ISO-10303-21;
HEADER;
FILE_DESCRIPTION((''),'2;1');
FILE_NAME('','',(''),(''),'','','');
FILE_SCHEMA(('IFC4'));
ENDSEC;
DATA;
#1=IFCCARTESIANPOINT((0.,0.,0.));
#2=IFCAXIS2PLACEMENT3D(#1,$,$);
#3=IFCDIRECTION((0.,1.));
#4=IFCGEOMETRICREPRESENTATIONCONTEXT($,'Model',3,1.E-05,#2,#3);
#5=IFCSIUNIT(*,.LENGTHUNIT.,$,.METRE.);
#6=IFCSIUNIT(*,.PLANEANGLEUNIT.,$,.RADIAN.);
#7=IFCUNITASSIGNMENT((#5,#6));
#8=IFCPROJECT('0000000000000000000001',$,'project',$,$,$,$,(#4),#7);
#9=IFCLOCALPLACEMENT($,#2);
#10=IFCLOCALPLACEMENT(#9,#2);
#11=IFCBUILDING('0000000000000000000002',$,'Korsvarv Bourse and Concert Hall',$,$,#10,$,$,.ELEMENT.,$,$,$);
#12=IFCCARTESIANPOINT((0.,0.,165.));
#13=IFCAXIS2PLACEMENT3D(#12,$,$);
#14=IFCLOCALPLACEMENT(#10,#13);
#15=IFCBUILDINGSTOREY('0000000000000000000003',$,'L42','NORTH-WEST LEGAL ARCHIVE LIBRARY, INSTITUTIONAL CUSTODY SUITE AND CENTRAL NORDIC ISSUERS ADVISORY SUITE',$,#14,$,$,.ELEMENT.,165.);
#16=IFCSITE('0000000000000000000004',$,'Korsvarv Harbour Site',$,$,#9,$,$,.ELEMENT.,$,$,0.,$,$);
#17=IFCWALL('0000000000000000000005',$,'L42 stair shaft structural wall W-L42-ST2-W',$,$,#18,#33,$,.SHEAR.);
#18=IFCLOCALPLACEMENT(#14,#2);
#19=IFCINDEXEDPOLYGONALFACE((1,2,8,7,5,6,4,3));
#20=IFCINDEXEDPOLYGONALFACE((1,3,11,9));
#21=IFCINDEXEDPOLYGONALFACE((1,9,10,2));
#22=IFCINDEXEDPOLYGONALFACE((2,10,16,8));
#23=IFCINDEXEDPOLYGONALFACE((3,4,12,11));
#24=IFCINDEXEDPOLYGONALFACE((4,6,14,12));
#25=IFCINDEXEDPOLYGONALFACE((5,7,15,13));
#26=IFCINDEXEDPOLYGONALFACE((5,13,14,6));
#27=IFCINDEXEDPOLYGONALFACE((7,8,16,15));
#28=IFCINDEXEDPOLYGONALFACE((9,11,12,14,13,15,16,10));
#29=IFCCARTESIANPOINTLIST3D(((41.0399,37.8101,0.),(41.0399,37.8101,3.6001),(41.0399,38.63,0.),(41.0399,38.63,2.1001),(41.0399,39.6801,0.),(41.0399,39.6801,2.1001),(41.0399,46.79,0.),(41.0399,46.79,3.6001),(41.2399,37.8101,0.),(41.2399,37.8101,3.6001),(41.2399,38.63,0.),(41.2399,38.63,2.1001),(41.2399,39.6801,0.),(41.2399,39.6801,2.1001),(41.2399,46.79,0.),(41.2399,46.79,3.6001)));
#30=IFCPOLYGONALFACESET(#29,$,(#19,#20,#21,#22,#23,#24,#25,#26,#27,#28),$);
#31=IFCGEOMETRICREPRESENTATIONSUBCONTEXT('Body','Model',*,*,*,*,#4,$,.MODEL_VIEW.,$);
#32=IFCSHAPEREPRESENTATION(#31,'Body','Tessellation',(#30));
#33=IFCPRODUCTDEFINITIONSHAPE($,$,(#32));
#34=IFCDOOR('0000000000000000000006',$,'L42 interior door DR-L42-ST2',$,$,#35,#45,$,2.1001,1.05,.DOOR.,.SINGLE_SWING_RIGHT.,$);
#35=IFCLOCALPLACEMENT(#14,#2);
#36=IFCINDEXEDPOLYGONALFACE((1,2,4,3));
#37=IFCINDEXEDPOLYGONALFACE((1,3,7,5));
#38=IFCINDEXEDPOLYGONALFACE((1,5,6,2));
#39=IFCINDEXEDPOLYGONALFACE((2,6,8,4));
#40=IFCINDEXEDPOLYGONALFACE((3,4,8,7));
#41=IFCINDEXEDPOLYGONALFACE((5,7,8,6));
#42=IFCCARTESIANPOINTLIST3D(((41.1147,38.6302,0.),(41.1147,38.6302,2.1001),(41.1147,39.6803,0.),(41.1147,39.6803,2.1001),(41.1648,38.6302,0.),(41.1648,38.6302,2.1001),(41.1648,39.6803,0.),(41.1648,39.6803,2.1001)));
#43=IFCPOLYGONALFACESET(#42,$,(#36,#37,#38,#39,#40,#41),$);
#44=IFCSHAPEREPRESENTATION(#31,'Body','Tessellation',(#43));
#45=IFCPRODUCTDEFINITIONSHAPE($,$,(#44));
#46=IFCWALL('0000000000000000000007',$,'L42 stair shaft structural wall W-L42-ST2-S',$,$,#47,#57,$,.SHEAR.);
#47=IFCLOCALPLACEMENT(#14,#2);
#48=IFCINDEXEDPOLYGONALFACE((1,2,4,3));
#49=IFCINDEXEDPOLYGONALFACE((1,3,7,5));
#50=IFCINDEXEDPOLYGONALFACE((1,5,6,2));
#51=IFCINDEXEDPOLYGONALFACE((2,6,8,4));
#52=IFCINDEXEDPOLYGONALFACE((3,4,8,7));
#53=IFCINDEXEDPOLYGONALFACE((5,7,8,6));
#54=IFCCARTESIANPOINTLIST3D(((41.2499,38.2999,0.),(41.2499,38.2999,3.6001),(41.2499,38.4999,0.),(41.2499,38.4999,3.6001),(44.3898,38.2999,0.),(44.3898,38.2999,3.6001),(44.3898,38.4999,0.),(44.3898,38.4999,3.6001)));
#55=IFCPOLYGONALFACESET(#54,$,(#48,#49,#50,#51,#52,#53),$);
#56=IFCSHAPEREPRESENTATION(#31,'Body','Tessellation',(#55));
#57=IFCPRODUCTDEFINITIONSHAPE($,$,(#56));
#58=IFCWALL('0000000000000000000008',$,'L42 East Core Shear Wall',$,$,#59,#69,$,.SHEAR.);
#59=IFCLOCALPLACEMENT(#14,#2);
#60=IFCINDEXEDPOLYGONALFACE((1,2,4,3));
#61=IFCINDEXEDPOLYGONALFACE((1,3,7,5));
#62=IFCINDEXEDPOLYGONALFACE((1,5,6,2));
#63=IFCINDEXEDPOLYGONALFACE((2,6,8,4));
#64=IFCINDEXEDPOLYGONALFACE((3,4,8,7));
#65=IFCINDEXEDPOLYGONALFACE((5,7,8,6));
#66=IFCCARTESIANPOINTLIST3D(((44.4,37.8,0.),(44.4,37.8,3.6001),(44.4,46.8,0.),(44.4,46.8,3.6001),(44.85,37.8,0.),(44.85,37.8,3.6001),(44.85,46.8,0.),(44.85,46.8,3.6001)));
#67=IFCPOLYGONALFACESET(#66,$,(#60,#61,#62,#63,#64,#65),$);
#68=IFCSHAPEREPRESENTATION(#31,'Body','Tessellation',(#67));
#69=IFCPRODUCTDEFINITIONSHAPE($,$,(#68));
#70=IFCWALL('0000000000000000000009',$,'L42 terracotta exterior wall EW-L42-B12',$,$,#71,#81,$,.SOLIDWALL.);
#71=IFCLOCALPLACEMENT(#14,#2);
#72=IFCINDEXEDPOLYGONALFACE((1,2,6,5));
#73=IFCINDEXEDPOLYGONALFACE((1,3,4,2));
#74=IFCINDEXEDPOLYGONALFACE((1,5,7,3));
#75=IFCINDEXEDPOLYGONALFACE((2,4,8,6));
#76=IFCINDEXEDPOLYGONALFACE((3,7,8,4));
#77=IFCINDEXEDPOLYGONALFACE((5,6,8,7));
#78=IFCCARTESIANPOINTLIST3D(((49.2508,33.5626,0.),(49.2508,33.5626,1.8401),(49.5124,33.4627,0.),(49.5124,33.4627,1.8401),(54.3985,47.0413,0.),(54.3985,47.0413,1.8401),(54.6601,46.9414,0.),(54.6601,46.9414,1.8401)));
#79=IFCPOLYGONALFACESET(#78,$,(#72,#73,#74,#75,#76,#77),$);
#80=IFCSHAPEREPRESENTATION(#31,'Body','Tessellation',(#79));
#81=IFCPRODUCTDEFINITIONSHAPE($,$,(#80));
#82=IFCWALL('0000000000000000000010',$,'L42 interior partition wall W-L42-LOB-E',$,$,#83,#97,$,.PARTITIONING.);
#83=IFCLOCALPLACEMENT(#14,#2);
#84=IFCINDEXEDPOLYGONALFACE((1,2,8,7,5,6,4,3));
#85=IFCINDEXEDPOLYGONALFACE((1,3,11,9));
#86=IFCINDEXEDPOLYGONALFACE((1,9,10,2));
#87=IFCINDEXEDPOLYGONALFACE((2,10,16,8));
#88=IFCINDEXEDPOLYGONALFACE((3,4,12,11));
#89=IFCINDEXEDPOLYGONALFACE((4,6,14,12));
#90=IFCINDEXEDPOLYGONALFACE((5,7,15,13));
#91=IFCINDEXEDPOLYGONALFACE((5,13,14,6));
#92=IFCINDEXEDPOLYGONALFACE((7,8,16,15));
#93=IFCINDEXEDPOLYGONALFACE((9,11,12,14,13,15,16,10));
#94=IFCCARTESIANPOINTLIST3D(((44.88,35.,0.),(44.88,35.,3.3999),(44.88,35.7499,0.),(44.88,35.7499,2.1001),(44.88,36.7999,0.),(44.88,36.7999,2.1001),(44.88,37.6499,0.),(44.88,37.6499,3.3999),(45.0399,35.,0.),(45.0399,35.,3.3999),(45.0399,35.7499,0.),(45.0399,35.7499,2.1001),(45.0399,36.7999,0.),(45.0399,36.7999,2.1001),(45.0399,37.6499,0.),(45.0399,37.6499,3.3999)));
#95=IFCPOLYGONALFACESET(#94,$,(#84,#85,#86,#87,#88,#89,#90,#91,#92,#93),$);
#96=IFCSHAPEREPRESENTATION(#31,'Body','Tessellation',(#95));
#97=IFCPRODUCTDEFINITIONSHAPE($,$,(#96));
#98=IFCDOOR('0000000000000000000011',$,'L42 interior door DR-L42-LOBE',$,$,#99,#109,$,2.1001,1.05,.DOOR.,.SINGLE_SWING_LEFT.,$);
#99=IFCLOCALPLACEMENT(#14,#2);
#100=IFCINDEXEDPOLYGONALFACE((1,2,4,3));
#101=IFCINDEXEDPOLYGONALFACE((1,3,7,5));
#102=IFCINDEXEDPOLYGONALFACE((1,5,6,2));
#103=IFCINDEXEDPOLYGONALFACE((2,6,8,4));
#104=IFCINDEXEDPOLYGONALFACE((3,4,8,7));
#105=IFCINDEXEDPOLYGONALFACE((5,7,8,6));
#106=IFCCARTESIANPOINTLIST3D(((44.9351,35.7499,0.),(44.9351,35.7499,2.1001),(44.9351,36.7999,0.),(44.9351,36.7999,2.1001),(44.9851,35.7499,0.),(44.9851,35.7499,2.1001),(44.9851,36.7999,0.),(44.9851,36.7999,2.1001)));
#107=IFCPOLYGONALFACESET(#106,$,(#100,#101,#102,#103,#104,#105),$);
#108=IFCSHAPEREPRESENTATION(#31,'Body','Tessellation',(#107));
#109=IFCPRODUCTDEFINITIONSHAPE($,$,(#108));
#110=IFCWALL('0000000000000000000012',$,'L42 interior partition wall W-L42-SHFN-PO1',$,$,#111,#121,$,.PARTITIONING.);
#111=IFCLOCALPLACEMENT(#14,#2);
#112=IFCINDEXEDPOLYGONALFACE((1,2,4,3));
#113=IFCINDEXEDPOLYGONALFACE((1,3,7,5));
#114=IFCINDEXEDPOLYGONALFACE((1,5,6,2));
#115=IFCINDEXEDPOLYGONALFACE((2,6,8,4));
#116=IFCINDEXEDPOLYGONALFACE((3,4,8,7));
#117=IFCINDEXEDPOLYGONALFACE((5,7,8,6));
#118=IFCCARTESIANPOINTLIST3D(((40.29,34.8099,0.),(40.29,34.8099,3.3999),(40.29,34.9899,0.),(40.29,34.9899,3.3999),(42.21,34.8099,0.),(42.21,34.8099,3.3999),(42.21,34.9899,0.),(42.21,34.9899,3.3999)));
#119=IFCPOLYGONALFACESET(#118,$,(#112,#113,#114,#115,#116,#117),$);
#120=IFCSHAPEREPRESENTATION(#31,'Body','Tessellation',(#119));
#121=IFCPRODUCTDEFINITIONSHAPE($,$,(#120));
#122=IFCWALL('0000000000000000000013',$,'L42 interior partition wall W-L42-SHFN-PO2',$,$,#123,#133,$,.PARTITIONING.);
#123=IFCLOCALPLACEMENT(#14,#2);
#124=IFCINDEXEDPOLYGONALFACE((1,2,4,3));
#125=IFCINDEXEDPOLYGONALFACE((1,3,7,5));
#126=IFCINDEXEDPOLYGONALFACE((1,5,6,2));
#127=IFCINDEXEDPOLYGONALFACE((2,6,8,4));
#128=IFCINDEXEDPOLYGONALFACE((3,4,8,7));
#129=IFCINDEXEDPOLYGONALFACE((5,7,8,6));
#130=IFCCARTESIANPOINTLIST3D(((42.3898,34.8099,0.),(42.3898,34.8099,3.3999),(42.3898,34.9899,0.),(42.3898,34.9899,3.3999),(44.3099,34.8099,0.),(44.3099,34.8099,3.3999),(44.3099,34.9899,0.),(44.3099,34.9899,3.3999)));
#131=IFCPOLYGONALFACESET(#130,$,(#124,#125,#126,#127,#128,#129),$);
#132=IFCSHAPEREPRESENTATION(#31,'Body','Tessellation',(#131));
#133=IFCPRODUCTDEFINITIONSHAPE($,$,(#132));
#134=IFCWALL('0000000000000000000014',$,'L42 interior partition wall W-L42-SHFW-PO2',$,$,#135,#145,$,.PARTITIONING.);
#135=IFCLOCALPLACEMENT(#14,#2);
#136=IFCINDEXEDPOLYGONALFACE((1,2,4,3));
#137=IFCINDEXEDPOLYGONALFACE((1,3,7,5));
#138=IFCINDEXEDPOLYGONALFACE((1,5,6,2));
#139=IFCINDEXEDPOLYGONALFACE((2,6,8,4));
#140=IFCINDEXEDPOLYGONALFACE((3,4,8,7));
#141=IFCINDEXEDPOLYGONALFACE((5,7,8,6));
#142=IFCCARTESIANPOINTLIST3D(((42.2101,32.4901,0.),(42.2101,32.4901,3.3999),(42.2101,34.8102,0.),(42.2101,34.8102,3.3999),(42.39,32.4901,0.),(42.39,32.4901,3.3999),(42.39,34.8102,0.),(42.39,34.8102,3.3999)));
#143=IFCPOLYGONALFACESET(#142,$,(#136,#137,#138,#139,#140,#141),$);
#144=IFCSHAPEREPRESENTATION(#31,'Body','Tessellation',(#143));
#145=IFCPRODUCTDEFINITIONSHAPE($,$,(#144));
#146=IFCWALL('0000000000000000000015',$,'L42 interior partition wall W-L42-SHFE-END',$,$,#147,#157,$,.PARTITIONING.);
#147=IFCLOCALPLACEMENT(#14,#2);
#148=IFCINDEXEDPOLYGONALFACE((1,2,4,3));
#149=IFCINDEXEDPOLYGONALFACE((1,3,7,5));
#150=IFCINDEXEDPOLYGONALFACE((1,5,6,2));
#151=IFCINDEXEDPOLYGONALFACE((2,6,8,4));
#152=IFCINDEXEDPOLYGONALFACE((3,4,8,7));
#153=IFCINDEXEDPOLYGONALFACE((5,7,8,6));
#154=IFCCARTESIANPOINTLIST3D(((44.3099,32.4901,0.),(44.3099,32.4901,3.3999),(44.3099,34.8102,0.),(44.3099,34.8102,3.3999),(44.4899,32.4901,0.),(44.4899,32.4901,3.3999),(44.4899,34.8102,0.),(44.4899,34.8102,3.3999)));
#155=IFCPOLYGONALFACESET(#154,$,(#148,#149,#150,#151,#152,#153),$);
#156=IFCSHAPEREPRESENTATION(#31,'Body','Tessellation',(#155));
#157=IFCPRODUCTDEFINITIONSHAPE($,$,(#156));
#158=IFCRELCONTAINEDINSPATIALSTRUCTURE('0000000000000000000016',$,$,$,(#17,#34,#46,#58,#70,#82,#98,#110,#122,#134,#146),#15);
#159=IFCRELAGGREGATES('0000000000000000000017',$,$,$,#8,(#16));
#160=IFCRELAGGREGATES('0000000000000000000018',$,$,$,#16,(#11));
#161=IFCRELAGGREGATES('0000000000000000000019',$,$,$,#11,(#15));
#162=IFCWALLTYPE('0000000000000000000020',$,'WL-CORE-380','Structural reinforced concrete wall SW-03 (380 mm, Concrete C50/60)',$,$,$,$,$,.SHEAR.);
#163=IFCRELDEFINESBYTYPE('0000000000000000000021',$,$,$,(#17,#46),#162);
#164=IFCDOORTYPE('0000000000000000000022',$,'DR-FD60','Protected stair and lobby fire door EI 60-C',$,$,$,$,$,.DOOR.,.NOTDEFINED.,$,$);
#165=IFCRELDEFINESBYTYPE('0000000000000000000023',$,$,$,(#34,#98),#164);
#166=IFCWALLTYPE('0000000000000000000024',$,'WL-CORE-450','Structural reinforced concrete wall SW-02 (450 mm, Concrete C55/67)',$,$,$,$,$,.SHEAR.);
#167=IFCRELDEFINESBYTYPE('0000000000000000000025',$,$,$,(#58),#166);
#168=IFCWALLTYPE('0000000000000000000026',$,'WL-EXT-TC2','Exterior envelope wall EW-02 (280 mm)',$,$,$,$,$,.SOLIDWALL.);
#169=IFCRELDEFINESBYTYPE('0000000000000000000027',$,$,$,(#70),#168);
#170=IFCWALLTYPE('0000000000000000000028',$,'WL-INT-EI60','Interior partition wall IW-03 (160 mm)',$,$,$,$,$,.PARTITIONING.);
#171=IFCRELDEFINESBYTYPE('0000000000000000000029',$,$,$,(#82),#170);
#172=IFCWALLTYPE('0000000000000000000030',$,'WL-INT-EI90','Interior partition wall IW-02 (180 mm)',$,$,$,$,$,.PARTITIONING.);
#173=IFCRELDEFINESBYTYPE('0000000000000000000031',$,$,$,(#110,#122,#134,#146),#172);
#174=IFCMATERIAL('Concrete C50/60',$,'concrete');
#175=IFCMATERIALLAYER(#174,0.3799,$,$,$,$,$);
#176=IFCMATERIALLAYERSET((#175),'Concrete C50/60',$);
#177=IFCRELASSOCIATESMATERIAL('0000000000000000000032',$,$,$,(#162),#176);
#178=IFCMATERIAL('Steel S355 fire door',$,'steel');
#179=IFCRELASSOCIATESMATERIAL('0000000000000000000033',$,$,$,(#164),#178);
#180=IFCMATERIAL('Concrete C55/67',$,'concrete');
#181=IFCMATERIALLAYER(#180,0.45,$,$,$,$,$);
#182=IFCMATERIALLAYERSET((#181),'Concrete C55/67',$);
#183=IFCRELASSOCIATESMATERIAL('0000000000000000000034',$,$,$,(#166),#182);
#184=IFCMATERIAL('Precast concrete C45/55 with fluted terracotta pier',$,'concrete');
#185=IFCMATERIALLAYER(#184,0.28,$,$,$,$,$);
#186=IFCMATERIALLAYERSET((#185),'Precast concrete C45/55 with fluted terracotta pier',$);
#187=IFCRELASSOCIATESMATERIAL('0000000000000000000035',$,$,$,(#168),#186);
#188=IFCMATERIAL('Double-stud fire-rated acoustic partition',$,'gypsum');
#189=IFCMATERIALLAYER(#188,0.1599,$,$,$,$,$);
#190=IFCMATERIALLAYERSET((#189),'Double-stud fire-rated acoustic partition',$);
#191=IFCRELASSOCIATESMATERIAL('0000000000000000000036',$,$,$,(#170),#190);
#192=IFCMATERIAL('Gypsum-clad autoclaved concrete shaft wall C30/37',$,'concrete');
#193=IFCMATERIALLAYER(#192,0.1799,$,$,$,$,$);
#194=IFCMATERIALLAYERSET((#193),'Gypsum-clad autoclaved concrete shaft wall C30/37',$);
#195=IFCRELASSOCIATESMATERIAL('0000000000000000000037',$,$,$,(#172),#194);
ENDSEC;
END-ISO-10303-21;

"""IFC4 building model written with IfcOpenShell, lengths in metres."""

from ifc_helpers import new_model, si_unit, direction, frame, frame_2d, origin, place, context, subcontext, project, spatial, rectangle, extrude, material, layer, layer_set, type_object, element, fill, save


model = new_model("IFC4")

# Units and contexts
model_context = context("Model", 3, precision=1e-05, world=origin(), true_north=direction((0.0, 1.0)))
body_context = subcontext(model_context, "Body", "Model", "MODEL_VIEW")
ifc_project = project(units=[si_unit("LENGTHUNIT", "METRE"), si_unit("PLANEANGLEUNIT", "RADIAN")], contexts=[model_context])

# Site, building, storey
site_placement = place(None, origin())
site = spatial("IfcSite", under=ifc_project, at=site_placement, Name="Korsvarv Harbour Site", CompositionType="ELEMENT", RefElevation=0.0)
building_placement = place(site_placement, origin())
building = spatial("IfcBuilding", under=site, at=building_placement, Name="Korsvarv Bourse and Concert Hall", CompositionType="ELEMENT")
storey_placement = place(building_placement, frame((0.0, 0.0, 165.0)))
storey = spatial("IfcBuildingStorey", under=building, at=storey_placement, Name="L42", Description="NORTH-WEST LEGAL ARCHIVE LIBRARY, INSTITUTIONAL CUSTODY SUITE AND CENTRAL NORDIC ISSUERS ADVISORY SUITE", CompositionType="ELEMENT", Elevation=165.0)

# Shared definitions
ifc_material_1 = material(Name="Concrete C50/60", Category="concrete")

# Wall, opening, door
ifc_layer_1 = layer(ifc_material_1, 0.3799)
ifc_layer_set_1 = layer_set([ifc_layer_1], Name="Concrete C50/60")
wall_type_1 = type_object("IfcWallType", Name="WL-CORE-380", Description="Structural reinforced concrete wall SW-03 (380 mm, Concrete C50/60)", PredefinedType="SHEAR", material=ifc_layer_set_1)
wall_1_placement = place(storey_placement, frame((41.1399, 37.8101, 0.0), z_axis=(0.0, 0.0, 1.0), x_axis=(0.0, 1.0, 0.0)))
wall_1 = element("IfcWall", 1, at=wall_1_placement, inside=storey, type_object=wall_type_1, Name="L42 stair shaft structural wall W-L42-ST2-W", PredefinedType="SHEAR", context=body_context, shape_type="SweptSolid", body=[
    extrude(rectangle(XDim=8.98, YDim=0.2, at=frame_2d((4.49, 0.0))), origin(), (0.0, 0.0, 1.0), 3.6001),
])
opening_1_placement = place(wall_1_placement, frame((0.8201, 0.0, 0.0)))
opening_1 = element("IfcOpeningElement", 2, at=opening_1_placement, cuts=wall_1, PredefinedType="OPENING", context=body_context, shape_type="SweptSolid", body=[
    extrude(rectangle(XDim=1.05, YDim=2.1001, at=frame_2d((0.5249, 1.05))), frame((0.0, 0.1099, 0.0), z_axis=(0.0, -1.0, 0.0), x_axis=(1.0, 0.0, 0.0)), (0.0, 0.0, 1.0), 0.22),
])
ifc_material_2 = material(Name="Steel S355 fire door", Category="steel")
door_type = type_object("IfcDoorType", Name="DR-FD60", Description="Protected stair and lobby fire door EI 60-C", OperationType="NOTDEFINED", PredefinedType="DOOR", material=ifc_material_2)
door_1_placement = place(opening_1_placement, frame((1.05, 0.0, 0.0), z_axis=(0.0, 0.0, 1.0), x_axis=(-1.0, 0.0, 0.0)))
door_1 = element("IfcDoor", 3, at=door_1_placement, inside=storey, type_object=door_type, Name="L42 interior door DR-L42-ST2", OperationType="SINGLE_SWING_RIGHT", OverallHeight=2.1001, OverallWidth=1.05, PredefinedType="DOOR", context=body_context, shape_type="SweptSolid", body=[
    extrude(rectangle(XDim=1.05, YDim=2.1001, at=frame_2d((0.5249, 1.05))), frame((0.0, 0.0249, 0.0), z_axis=(0.0, -1.0, 0.0), x_axis=(1.0, 0.0, 0.0)), (0.0, 0.0, 1.0), 0.05),
])
fill(opening_1, door_1)

# Walls
wall_2_placement = place(storey_placement, frame((41.25, 38.3999, 0.0), z_axis=(0.0, 0.0, 1.0), x_axis=(1.0, 0.0, 0.0)))
element("IfcWall", 4, at=wall_2_placement, inside=storey, type_object=wall_type_1, Name="L42 stair shaft structural wall W-L42-ST2-S", PredefinedType="SHEAR", context=body_context, shape_type="SweptSolid", body=[
    extrude(rectangle(XDim=3.1399, YDim=0.2, at=frame_2d((1.5698, 0.0))), origin(), (0.0, 0.0, 1.0), 3.6001),
])
ifc_material_3 = material(Name="Concrete C55/67", Category="concrete")
ifc_layer_2 = layer(ifc_material_3, 0.45)
ifc_layer_set_2 = layer_set([ifc_layer_2], Name="Concrete C55/67")
wall_type_2 = type_object("IfcWallType", Name="WL-CORE-450", Description="Structural reinforced concrete wall SW-02 (450 mm, Concrete C55/67)", PredefinedType="SHEAR", material=ifc_layer_set_2)
wall_3_placement = place(storey_placement, frame((44.625, 37.8, 0.0), z_axis=(0.0, 0.0, 1.0), x_axis=(0.0, 1.0, 0.0)))
element("IfcWall", 5, at=wall_3_placement, inside=storey, type_object=wall_type_2, Name="L42 East Core Shear Wall", PredefinedType="SHEAR", context=body_context, shape_type="SweptSolid", body=[
    extrude(rectangle(XDim=9.0, YDim=0.45, at=frame_2d((4.5, 0.0))), origin(), (0.0, 0.0, 1.0), 3.6001),
])
ifc_material_4 = material(Name="Precast concrete C45/55 with fluted terracotta pier", Category="concrete")
ifc_layer_3 = layer(ifc_material_4, 0.28)
ifc_layer_set_3 = layer_set([ifc_layer_3], Name="Precast concrete C45/55 with fluted terracotta pier")
wall_type_3 = type_object("IfcWallType", Name="WL-EXT-TC2", Description="Exterior envelope wall EW-02 (280 mm)", PredefinedType="SOLIDWALL", material=ifc_layer_set_3)
wall_4_placement = place(storey_placement, frame((49.3816, 33.5127, 0.0), z_axis=(0.0, 0.0, 1.0), x_axis=(0.356778, 0.934189, 0.0)))
element("IfcWall", 6, at=wall_4_placement, inside=storey, type_object=wall_type_3, Name="L42 terracotta exterior wall EW-L42-B12", PredefinedType="SOLIDWALL", context=body_context, shape_type="SweptSolid", body=[
    extrude(rectangle(XDim=14.4282, YDim=0.28, at=frame_2d((7.2141, 0.0))), origin(), (0.0, 0.0, 1.0), 1.8401),
])

# Wall, opening, door
ifc_material_5 = material(Name="Double-stud fire-rated acoustic partition", Category="gypsum")
ifc_layer_4 = layer(ifc_material_5, 0.1599)
ifc_layer_set_4 = layer_set([ifc_layer_4], Name="Double-stud fire-rated acoustic partition")
wall_type_4 = type_object("IfcWallType", Name="WL-INT-EI60", Description="Interior partition wall IW-03 (160 mm)", PredefinedType="PARTITIONING", material=ifc_layer_set_4)
wall_5_placement = place(storey_placement, frame((44.96, 35.0, 0.0), z_axis=(0.0, 0.0, 1.0), x_axis=(0.0, 1.0, 0.0)))
wall_5 = element("IfcWall", 7, at=wall_5_placement, inside=storey, type_object=wall_type_4, Name="L42 interior partition wall W-L42-LOB-E", PredefinedType="PARTITIONING", context=body_context, shape_type="SweptSolid", body=[
    extrude(rectangle(XDim=2.6499, YDim=0.1599, at=frame_2d((1.325, 0.0))), origin(), (0.0, 0.0, 1.0), 3.3999),
])
opening_2_placement = place(wall_5_placement, frame((0.75, 0.0, 0.0)))
opening_2 = element("IfcOpeningElement", 8, at=opening_2_placement, cuts=wall_5, PredefinedType="OPENING", context=body_context, shape_type="SweptSolid", body=[
    extrude(rectangle(XDim=1.05, YDim=2.1001, at=frame_2d((0.5249, 1.05))), frame((0.0, 0.0898, 0.0), z_axis=(0.0, -1.0, 0.0), x_axis=(1.0, 0.0, 0.0)), (0.0, 0.0, 1.0), 0.1799),
])
door_2_placement = place(opening_2_placement, origin())
door_2 = element("IfcDoor", 9, at=door_2_placement, inside=storey, type_object=door_type, Name="L42 interior door DR-L42-LOBE", OperationType="SINGLE_SWING_LEFT", OverallHeight=2.1001, OverallWidth=1.05, PredefinedType="DOOR", context=body_context, shape_type="SweptSolid", body=[
    extrude(rectangle(XDim=1.05, YDim=2.1001, at=frame_2d((0.5249, 1.05))), frame((0.0, 0.0249, 0.0), z_axis=(0.0, -1.0, 0.0), x_axis=(1.0, 0.0, 0.0)), (0.0, 0.0, 1.0), 0.05),
])
fill(opening_2, door_2)

# Walls
ifc_material_6 = material(Name="Gypsum-clad autoclaved concrete shaft wall C30/37", Category="concrete")
ifc_layer_5 = layer(ifc_material_6, 0.1799)
ifc_layer_set_5 = layer_set([ifc_layer_5], Name="Gypsum-clad autoclaved concrete shaft wall C30/37")
wall_type_5 = type_object("IfcWallType", Name="WL-INT-EI90", Description="Interior partition wall IW-02 (180 mm)", PredefinedType="PARTITIONING", material=ifc_layer_set_5)
wall_6_placement = place(storey_placement, frame((40.29, 34.8999, 0.0), z_axis=(0.0, 0.0, 1.0), x_axis=(1.0, 0.0, 0.0)))
element("IfcWall", 10, at=wall_6_placement, inside=storey, type_object=wall_type_5, Name="L42 interior partition wall W-L42-SHFN-PO1", PredefinedType="PARTITIONING", context=body_context, shape_type="SweptSolid", body=[
    extrude(rectangle(XDim=1.9199, YDim=0.1799, at=frame_2d((0.96, 0.0))), origin(), (0.0, 0.0, 1.0), 3.3999),
])
wall_7_placement = place(storey_placement, frame((42.3899, 34.8999, 0.0), z_axis=(0.0, 0.0, 1.0), x_axis=(1.0, 0.0, 0.0)))
element("IfcWall", 11, at=wall_7_placement, inside=storey, type_object=wall_type_5, Name="L42 interior partition wall W-L42-SHFN-PO2", PredefinedType="PARTITIONING", context=body_context, shape_type="SweptSolid", body=[
    extrude(rectangle(XDim=1.9202, YDim=0.1799, at=frame_2d((0.96, 0.0))), origin(), (0.0, 0.0, 1.0), 3.3999),
])
for number, where, z_axis, x_axis, name in (
    (12, (42.3, 32.49, 0.0), (0.0, 0.0, 1.0), (0.0, 1.0, 0.0), "L42 interior partition wall W-L42-SHFW-PO2"),
    (13, (44.3999, 32.49, 0.0), (0.0, 0.0, 1.0), (0.0, 1.0, 0.0), "L42 interior partition wall W-L42-SHFE-END"),
):
    element("IfcWall", number, at=place(storey_placement, frame(where, z_axis=z_axis, x_axis=x_axis)), inside=storey, type_object=wall_type_5, Name=name, PredefinedType="PARTITIONING", context=body_context, shape_type="SweptSolid", body=[
        extrude(rectangle(XDim=2.3201, YDim=0.1799, at=frame_2d((1.1602, 0.0))), origin(), (0.0, 0.0, 1.0), 3.3999),
    ])

save(model, "model.ifc")
